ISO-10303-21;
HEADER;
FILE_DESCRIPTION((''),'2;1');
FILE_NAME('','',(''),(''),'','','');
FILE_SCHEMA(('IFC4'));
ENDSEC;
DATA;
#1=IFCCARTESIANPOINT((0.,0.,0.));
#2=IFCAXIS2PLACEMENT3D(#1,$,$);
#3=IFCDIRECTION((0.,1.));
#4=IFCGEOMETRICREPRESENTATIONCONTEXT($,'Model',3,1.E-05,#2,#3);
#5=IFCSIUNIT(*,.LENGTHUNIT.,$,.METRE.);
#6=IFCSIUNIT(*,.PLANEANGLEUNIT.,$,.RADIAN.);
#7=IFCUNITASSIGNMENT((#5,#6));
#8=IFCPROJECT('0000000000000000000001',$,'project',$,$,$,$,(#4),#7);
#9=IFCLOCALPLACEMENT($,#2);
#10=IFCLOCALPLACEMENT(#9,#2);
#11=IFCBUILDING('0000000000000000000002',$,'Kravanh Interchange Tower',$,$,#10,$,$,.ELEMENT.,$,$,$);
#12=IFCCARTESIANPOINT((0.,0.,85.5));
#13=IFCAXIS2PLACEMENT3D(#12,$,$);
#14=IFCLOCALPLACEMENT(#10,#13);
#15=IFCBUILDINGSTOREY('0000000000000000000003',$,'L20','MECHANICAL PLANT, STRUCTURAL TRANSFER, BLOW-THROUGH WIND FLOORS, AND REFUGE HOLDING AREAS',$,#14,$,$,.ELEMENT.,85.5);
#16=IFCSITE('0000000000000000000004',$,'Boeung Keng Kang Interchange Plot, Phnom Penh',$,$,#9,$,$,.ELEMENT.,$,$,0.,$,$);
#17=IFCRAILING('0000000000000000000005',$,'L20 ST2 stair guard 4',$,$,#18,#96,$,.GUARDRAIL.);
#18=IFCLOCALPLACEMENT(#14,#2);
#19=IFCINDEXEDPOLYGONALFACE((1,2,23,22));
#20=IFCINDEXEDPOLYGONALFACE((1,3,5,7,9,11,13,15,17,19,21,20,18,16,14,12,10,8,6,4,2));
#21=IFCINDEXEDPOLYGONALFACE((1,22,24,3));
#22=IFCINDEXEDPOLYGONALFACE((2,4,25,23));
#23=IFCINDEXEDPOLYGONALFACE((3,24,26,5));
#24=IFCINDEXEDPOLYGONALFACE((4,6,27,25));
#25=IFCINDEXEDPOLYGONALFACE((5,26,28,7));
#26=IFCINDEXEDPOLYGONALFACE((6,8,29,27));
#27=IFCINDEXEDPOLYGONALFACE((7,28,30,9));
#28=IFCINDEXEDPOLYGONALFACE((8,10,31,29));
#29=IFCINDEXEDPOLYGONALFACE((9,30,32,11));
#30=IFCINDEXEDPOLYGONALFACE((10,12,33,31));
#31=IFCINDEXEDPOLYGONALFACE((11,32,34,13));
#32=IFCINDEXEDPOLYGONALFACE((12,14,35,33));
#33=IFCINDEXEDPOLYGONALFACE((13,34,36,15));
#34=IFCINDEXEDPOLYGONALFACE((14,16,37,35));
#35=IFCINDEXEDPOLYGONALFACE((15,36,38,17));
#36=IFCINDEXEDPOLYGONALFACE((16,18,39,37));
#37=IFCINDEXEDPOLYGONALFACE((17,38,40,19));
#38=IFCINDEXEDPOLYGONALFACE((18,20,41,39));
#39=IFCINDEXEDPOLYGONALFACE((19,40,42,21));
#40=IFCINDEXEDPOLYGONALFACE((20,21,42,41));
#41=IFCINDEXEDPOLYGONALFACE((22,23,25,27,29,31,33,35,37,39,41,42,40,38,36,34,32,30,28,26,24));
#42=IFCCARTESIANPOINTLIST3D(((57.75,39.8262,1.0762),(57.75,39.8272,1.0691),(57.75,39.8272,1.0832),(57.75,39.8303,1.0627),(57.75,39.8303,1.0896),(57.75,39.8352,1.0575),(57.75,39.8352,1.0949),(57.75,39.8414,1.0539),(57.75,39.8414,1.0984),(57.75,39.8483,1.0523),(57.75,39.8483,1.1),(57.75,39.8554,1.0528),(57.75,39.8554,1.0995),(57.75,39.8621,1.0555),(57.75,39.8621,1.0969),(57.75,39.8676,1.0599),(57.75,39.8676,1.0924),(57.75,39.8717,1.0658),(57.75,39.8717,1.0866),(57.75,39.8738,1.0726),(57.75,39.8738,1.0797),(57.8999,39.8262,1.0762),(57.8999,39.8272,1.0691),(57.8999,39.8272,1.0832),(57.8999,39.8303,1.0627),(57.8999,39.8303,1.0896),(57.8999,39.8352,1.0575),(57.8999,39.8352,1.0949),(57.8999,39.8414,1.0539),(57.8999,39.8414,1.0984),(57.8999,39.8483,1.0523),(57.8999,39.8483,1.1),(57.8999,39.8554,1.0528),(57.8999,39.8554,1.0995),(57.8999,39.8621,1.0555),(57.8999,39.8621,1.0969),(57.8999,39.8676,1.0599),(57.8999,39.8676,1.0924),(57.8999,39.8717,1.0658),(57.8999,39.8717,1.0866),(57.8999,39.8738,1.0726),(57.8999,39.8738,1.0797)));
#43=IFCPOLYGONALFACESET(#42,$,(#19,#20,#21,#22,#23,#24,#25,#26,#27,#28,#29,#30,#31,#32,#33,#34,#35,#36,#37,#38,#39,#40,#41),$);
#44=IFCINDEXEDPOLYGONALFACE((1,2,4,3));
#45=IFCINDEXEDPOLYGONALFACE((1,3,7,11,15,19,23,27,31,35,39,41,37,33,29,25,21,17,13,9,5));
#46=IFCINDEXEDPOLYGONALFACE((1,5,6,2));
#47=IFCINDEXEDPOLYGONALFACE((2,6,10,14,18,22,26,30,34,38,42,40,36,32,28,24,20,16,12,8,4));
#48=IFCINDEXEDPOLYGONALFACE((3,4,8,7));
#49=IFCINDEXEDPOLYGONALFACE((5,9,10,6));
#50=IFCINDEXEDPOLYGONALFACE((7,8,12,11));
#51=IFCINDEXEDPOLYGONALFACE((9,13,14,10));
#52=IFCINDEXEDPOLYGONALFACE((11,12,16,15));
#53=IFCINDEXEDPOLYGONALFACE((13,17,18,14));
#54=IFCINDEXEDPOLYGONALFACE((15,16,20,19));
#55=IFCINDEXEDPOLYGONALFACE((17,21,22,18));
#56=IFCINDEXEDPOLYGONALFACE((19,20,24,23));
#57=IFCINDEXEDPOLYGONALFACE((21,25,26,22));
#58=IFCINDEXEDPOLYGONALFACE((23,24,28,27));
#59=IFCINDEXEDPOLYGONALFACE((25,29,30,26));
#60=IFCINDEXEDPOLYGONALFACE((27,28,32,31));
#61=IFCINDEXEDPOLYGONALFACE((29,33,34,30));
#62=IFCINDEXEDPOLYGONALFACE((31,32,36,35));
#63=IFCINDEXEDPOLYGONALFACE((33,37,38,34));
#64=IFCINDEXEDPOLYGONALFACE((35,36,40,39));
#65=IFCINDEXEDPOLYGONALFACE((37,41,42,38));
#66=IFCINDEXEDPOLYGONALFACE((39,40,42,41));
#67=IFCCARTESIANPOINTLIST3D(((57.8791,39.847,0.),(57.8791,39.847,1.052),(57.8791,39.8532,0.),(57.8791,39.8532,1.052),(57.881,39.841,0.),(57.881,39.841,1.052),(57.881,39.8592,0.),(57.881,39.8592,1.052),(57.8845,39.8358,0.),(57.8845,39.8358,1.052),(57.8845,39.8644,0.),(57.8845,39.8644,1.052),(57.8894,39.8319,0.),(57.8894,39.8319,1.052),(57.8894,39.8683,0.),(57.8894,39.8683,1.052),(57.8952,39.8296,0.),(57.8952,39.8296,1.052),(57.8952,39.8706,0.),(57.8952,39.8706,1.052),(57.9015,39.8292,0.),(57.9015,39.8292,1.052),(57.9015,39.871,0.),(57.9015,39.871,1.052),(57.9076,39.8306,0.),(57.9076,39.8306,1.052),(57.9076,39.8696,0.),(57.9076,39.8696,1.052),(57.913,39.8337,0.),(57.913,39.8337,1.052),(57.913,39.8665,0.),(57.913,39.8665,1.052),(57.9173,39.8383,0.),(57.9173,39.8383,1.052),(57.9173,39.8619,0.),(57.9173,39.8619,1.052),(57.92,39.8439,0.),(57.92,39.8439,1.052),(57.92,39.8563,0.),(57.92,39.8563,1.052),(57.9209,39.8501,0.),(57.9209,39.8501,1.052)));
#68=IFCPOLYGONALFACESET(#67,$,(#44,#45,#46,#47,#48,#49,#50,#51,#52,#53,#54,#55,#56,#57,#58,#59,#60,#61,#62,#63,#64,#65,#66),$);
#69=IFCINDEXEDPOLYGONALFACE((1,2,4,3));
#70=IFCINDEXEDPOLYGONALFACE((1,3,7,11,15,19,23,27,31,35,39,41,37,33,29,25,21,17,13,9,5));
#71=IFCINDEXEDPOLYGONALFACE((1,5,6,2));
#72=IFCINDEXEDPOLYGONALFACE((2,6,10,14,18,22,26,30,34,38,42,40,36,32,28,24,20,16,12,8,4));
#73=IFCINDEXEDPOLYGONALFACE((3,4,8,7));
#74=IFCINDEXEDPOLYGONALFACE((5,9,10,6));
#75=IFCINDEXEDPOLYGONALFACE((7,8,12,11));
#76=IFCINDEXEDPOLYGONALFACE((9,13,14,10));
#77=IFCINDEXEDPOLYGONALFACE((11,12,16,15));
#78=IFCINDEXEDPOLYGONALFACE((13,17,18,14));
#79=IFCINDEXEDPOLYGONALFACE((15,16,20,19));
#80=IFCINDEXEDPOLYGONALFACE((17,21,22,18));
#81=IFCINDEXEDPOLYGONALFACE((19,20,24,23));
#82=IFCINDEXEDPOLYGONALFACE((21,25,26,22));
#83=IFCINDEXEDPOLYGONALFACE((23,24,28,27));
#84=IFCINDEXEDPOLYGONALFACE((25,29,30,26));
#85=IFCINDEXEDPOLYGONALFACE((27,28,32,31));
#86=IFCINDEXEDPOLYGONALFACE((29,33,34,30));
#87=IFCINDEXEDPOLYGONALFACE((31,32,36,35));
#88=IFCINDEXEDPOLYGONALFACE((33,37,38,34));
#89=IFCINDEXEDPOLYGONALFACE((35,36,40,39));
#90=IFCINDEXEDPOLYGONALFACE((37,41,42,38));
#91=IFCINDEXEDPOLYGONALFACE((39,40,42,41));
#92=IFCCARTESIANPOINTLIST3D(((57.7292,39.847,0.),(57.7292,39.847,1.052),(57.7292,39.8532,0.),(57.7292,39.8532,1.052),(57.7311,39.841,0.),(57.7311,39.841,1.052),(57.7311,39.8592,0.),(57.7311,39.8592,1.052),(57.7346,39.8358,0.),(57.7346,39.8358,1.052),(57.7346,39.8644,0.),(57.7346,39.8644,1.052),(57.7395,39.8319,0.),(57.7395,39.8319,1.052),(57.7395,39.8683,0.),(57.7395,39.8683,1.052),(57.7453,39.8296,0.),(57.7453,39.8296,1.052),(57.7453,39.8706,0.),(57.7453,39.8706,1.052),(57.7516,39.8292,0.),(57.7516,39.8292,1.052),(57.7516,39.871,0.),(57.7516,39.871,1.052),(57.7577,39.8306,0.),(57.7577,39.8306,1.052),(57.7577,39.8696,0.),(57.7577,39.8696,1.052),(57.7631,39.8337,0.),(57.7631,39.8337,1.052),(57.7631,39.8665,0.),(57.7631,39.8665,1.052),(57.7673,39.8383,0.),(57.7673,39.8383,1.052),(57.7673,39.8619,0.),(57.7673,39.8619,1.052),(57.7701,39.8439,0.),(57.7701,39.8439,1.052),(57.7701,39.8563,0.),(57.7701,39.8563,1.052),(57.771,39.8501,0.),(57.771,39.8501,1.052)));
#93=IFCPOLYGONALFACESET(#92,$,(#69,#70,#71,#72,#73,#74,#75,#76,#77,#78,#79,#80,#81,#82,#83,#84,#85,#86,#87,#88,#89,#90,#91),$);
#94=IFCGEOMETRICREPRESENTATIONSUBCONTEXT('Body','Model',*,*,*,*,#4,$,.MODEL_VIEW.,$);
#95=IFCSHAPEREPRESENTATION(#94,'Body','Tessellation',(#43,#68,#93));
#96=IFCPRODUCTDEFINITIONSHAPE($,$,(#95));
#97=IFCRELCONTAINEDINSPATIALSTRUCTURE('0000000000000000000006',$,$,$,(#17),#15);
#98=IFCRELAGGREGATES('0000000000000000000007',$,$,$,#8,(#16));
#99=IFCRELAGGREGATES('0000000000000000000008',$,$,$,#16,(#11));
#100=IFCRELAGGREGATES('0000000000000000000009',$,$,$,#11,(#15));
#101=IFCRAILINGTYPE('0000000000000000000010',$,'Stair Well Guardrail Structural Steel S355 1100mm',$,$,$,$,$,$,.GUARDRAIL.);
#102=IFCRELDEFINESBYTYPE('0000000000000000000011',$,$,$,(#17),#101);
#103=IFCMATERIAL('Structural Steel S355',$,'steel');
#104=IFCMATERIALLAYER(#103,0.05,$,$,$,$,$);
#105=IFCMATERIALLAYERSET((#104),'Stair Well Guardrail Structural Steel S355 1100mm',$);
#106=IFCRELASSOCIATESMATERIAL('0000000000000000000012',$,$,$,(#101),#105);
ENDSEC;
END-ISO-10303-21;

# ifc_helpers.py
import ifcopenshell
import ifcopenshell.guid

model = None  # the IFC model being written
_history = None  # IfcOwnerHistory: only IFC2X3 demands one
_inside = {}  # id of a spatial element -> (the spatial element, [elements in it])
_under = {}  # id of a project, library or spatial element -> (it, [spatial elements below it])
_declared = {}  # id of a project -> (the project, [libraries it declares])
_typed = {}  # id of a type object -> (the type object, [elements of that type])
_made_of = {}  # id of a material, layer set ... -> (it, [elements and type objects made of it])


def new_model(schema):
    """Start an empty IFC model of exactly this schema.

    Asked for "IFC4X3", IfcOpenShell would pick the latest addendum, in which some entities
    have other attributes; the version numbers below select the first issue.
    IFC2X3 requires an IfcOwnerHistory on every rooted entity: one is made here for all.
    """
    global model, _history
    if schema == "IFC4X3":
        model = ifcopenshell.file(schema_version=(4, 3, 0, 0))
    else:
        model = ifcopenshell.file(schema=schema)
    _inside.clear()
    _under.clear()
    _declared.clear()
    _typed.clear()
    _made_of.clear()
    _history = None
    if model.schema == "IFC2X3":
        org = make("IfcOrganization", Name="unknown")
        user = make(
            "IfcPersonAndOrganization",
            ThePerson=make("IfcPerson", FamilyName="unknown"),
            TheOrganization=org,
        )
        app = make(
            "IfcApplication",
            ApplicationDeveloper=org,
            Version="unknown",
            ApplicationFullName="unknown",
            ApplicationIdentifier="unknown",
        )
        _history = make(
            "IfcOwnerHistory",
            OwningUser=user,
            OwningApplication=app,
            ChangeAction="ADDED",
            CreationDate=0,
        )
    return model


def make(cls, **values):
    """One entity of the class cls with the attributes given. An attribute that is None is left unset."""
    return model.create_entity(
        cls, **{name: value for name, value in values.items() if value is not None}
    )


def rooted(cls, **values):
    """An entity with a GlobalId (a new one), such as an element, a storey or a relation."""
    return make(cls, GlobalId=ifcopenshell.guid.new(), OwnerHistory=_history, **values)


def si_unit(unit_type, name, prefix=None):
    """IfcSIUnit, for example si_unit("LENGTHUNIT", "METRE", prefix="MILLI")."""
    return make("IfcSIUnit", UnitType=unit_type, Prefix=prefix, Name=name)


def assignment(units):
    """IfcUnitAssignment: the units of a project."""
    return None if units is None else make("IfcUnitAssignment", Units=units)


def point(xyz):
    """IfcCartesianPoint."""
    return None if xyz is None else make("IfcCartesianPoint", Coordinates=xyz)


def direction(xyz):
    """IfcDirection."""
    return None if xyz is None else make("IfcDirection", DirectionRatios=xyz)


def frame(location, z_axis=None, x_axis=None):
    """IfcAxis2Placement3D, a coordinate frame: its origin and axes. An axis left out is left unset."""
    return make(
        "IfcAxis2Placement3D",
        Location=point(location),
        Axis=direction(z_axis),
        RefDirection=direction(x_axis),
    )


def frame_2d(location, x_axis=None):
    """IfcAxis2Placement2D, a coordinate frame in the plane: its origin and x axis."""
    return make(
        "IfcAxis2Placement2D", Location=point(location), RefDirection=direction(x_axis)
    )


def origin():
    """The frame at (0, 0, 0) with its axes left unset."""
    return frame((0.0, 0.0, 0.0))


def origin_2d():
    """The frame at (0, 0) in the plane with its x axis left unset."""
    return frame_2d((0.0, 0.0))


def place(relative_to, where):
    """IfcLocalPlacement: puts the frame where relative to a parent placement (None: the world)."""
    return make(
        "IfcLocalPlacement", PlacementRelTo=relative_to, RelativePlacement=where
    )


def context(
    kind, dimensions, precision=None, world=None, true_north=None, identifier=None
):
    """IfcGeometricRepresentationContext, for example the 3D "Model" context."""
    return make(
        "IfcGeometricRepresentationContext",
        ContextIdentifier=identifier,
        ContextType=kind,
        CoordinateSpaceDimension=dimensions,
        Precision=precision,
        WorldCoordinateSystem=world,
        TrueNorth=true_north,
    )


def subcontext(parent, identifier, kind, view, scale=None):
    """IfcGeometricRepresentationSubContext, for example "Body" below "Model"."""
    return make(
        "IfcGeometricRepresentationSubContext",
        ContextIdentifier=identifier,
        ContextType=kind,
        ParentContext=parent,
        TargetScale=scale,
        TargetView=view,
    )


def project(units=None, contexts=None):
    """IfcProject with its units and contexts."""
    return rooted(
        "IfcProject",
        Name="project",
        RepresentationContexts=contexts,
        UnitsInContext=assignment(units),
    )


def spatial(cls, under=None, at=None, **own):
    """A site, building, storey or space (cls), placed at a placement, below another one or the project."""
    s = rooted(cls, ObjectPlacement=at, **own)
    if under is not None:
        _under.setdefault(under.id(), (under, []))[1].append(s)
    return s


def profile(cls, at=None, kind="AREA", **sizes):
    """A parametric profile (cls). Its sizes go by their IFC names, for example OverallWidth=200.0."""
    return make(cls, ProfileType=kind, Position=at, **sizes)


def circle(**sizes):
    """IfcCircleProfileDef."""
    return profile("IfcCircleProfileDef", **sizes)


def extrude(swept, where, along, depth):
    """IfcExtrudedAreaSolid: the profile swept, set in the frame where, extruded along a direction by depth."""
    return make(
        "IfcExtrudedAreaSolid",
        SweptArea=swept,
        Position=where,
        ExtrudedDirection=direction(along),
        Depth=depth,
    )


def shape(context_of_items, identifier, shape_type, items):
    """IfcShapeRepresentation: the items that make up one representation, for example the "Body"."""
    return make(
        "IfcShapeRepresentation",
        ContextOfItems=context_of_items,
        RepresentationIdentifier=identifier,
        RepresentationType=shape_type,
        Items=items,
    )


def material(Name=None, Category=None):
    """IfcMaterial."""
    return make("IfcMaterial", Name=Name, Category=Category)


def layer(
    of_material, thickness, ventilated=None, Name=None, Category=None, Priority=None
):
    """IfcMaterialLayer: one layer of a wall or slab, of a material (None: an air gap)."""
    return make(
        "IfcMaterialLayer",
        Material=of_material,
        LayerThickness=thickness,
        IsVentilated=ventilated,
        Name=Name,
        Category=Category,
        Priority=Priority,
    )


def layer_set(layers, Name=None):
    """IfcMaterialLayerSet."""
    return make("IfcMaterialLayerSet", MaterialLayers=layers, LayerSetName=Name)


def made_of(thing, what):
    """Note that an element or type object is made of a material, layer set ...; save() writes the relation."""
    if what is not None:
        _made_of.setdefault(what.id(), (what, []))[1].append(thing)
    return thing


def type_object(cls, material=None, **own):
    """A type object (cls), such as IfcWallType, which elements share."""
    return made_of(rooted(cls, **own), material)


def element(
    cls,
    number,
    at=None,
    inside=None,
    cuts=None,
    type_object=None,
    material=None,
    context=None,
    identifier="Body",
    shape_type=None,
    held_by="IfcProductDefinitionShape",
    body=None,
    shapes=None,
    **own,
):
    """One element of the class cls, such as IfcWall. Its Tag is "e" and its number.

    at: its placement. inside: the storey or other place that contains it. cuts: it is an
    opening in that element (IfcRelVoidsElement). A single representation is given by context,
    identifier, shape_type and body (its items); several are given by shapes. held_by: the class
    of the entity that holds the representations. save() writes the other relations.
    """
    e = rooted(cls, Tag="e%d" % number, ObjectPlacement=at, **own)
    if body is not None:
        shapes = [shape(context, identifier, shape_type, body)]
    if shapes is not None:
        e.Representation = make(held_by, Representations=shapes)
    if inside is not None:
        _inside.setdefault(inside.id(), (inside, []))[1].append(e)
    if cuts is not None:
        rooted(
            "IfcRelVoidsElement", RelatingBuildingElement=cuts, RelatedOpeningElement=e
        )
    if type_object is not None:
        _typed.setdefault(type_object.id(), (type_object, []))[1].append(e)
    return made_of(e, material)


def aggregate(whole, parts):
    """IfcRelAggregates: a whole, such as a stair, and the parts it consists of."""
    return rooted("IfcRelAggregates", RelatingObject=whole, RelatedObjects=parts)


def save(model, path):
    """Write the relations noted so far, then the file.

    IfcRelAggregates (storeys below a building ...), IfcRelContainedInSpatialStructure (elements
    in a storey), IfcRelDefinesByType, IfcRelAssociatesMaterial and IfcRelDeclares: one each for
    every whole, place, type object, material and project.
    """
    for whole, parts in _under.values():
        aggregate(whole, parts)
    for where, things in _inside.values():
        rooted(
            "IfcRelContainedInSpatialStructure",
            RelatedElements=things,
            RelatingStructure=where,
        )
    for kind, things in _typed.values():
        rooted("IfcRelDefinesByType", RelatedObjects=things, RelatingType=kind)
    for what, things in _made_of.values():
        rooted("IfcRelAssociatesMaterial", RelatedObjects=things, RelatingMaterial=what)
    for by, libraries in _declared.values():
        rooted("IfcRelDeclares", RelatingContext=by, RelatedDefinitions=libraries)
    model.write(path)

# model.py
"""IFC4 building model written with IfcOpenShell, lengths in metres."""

from ifc_helpers import new_model, si_unit, direction, frame, origin, origin_2d, place, context, subcontext, project, spatial, circle, extrude, material, layer, layer_set, type_object, element, save


model = new_model("IFC4")

# Units and contexts
model_context = context("Model", 3, precision=1e-05, world=origin(), true_north=direction((0.0, 1.0)))
body_context = subcontext(model_context, "Body", "Model", "MODEL_VIEW")
ifc_project = project(units=[si_unit("LENGTHUNIT", "METRE"), si_unit("PLANEANGLEUNIT", "RADIAN")], contexts=[model_context])

# Site, building, storey
site_placement = place(None, origin())
site = spatial("IfcSite", under=ifc_project, at=site_placement, Name="Boeung Keng Kang Interchange Plot, Phnom Penh", CompositionType="ELEMENT", RefElevation=0.0)
building_placement = place(site_placement, origin())
building = spatial("IfcBuilding", under=site, at=building_placement, Name="Kravanh Interchange Tower", CompositionType="ELEMENT")
storey_placement = place(building_placement, frame((0.0, 0.0, 85.5)))
storey = spatial("IfcBuildingStorey", under=building, at=storey_placement, Name="L20", Description="MECHANICAL PLANT, STRUCTURAL TRANSFER, BLOW-THROUGH WIND FLOORS, AND REFUGE HOLDING AREAS", CompositionType="ELEMENT", Elevation=85.5)

# Railing
ifc_material_1 = material(Name="Structural Steel S355", Category="steel")
ifc_layer_1 = layer(ifc_material_1, 0.05)
ifc_layer_set_1 = layer_set([ifc_layer_1], Name="Stair Well Guardrail Structural Steel S355 1100mm")
railing_type_1 = type_object("IfcRailingType", Name="Stair Well Guardrail Structural Steel S355 1100mm", PredefinedType="GUARDRAIL", material=ifc_layer_set_1)
railing_1_placement = place(storey_placement, frame((57.8999, 39.8501, 0.0)))
element("IfcRailing", 1, at=railing_1_placement, inside=storey, type_object=railing_type_1, Name="L20 ST2 stair guard 4", PredefinedType="GUARDRAIL", context=body_context, shape_type="SweptSolid", body=[
    extrude(circle(Radius=0.0239, at=origin_2d()), frame((0.0, 0.0, 1.0762), z_axis=(-1.0, 0.0, 0.0), x_axis=(0.0, -1.0, 0.0)), (0.0, 0.0, 1.0), 0.1499),
    extrude(circle(Radius=0.021, at=origin_2d()), origin(), (0.0, 0.0, 1.0), 1.052),
    extrude(circle(Radius=0.021, at=origin_2d()), frame((-0.1499, 0.0, 0.0)), (0.0, 0.0, 1.0), 1.052),
])

save(model, "model.ifc")
